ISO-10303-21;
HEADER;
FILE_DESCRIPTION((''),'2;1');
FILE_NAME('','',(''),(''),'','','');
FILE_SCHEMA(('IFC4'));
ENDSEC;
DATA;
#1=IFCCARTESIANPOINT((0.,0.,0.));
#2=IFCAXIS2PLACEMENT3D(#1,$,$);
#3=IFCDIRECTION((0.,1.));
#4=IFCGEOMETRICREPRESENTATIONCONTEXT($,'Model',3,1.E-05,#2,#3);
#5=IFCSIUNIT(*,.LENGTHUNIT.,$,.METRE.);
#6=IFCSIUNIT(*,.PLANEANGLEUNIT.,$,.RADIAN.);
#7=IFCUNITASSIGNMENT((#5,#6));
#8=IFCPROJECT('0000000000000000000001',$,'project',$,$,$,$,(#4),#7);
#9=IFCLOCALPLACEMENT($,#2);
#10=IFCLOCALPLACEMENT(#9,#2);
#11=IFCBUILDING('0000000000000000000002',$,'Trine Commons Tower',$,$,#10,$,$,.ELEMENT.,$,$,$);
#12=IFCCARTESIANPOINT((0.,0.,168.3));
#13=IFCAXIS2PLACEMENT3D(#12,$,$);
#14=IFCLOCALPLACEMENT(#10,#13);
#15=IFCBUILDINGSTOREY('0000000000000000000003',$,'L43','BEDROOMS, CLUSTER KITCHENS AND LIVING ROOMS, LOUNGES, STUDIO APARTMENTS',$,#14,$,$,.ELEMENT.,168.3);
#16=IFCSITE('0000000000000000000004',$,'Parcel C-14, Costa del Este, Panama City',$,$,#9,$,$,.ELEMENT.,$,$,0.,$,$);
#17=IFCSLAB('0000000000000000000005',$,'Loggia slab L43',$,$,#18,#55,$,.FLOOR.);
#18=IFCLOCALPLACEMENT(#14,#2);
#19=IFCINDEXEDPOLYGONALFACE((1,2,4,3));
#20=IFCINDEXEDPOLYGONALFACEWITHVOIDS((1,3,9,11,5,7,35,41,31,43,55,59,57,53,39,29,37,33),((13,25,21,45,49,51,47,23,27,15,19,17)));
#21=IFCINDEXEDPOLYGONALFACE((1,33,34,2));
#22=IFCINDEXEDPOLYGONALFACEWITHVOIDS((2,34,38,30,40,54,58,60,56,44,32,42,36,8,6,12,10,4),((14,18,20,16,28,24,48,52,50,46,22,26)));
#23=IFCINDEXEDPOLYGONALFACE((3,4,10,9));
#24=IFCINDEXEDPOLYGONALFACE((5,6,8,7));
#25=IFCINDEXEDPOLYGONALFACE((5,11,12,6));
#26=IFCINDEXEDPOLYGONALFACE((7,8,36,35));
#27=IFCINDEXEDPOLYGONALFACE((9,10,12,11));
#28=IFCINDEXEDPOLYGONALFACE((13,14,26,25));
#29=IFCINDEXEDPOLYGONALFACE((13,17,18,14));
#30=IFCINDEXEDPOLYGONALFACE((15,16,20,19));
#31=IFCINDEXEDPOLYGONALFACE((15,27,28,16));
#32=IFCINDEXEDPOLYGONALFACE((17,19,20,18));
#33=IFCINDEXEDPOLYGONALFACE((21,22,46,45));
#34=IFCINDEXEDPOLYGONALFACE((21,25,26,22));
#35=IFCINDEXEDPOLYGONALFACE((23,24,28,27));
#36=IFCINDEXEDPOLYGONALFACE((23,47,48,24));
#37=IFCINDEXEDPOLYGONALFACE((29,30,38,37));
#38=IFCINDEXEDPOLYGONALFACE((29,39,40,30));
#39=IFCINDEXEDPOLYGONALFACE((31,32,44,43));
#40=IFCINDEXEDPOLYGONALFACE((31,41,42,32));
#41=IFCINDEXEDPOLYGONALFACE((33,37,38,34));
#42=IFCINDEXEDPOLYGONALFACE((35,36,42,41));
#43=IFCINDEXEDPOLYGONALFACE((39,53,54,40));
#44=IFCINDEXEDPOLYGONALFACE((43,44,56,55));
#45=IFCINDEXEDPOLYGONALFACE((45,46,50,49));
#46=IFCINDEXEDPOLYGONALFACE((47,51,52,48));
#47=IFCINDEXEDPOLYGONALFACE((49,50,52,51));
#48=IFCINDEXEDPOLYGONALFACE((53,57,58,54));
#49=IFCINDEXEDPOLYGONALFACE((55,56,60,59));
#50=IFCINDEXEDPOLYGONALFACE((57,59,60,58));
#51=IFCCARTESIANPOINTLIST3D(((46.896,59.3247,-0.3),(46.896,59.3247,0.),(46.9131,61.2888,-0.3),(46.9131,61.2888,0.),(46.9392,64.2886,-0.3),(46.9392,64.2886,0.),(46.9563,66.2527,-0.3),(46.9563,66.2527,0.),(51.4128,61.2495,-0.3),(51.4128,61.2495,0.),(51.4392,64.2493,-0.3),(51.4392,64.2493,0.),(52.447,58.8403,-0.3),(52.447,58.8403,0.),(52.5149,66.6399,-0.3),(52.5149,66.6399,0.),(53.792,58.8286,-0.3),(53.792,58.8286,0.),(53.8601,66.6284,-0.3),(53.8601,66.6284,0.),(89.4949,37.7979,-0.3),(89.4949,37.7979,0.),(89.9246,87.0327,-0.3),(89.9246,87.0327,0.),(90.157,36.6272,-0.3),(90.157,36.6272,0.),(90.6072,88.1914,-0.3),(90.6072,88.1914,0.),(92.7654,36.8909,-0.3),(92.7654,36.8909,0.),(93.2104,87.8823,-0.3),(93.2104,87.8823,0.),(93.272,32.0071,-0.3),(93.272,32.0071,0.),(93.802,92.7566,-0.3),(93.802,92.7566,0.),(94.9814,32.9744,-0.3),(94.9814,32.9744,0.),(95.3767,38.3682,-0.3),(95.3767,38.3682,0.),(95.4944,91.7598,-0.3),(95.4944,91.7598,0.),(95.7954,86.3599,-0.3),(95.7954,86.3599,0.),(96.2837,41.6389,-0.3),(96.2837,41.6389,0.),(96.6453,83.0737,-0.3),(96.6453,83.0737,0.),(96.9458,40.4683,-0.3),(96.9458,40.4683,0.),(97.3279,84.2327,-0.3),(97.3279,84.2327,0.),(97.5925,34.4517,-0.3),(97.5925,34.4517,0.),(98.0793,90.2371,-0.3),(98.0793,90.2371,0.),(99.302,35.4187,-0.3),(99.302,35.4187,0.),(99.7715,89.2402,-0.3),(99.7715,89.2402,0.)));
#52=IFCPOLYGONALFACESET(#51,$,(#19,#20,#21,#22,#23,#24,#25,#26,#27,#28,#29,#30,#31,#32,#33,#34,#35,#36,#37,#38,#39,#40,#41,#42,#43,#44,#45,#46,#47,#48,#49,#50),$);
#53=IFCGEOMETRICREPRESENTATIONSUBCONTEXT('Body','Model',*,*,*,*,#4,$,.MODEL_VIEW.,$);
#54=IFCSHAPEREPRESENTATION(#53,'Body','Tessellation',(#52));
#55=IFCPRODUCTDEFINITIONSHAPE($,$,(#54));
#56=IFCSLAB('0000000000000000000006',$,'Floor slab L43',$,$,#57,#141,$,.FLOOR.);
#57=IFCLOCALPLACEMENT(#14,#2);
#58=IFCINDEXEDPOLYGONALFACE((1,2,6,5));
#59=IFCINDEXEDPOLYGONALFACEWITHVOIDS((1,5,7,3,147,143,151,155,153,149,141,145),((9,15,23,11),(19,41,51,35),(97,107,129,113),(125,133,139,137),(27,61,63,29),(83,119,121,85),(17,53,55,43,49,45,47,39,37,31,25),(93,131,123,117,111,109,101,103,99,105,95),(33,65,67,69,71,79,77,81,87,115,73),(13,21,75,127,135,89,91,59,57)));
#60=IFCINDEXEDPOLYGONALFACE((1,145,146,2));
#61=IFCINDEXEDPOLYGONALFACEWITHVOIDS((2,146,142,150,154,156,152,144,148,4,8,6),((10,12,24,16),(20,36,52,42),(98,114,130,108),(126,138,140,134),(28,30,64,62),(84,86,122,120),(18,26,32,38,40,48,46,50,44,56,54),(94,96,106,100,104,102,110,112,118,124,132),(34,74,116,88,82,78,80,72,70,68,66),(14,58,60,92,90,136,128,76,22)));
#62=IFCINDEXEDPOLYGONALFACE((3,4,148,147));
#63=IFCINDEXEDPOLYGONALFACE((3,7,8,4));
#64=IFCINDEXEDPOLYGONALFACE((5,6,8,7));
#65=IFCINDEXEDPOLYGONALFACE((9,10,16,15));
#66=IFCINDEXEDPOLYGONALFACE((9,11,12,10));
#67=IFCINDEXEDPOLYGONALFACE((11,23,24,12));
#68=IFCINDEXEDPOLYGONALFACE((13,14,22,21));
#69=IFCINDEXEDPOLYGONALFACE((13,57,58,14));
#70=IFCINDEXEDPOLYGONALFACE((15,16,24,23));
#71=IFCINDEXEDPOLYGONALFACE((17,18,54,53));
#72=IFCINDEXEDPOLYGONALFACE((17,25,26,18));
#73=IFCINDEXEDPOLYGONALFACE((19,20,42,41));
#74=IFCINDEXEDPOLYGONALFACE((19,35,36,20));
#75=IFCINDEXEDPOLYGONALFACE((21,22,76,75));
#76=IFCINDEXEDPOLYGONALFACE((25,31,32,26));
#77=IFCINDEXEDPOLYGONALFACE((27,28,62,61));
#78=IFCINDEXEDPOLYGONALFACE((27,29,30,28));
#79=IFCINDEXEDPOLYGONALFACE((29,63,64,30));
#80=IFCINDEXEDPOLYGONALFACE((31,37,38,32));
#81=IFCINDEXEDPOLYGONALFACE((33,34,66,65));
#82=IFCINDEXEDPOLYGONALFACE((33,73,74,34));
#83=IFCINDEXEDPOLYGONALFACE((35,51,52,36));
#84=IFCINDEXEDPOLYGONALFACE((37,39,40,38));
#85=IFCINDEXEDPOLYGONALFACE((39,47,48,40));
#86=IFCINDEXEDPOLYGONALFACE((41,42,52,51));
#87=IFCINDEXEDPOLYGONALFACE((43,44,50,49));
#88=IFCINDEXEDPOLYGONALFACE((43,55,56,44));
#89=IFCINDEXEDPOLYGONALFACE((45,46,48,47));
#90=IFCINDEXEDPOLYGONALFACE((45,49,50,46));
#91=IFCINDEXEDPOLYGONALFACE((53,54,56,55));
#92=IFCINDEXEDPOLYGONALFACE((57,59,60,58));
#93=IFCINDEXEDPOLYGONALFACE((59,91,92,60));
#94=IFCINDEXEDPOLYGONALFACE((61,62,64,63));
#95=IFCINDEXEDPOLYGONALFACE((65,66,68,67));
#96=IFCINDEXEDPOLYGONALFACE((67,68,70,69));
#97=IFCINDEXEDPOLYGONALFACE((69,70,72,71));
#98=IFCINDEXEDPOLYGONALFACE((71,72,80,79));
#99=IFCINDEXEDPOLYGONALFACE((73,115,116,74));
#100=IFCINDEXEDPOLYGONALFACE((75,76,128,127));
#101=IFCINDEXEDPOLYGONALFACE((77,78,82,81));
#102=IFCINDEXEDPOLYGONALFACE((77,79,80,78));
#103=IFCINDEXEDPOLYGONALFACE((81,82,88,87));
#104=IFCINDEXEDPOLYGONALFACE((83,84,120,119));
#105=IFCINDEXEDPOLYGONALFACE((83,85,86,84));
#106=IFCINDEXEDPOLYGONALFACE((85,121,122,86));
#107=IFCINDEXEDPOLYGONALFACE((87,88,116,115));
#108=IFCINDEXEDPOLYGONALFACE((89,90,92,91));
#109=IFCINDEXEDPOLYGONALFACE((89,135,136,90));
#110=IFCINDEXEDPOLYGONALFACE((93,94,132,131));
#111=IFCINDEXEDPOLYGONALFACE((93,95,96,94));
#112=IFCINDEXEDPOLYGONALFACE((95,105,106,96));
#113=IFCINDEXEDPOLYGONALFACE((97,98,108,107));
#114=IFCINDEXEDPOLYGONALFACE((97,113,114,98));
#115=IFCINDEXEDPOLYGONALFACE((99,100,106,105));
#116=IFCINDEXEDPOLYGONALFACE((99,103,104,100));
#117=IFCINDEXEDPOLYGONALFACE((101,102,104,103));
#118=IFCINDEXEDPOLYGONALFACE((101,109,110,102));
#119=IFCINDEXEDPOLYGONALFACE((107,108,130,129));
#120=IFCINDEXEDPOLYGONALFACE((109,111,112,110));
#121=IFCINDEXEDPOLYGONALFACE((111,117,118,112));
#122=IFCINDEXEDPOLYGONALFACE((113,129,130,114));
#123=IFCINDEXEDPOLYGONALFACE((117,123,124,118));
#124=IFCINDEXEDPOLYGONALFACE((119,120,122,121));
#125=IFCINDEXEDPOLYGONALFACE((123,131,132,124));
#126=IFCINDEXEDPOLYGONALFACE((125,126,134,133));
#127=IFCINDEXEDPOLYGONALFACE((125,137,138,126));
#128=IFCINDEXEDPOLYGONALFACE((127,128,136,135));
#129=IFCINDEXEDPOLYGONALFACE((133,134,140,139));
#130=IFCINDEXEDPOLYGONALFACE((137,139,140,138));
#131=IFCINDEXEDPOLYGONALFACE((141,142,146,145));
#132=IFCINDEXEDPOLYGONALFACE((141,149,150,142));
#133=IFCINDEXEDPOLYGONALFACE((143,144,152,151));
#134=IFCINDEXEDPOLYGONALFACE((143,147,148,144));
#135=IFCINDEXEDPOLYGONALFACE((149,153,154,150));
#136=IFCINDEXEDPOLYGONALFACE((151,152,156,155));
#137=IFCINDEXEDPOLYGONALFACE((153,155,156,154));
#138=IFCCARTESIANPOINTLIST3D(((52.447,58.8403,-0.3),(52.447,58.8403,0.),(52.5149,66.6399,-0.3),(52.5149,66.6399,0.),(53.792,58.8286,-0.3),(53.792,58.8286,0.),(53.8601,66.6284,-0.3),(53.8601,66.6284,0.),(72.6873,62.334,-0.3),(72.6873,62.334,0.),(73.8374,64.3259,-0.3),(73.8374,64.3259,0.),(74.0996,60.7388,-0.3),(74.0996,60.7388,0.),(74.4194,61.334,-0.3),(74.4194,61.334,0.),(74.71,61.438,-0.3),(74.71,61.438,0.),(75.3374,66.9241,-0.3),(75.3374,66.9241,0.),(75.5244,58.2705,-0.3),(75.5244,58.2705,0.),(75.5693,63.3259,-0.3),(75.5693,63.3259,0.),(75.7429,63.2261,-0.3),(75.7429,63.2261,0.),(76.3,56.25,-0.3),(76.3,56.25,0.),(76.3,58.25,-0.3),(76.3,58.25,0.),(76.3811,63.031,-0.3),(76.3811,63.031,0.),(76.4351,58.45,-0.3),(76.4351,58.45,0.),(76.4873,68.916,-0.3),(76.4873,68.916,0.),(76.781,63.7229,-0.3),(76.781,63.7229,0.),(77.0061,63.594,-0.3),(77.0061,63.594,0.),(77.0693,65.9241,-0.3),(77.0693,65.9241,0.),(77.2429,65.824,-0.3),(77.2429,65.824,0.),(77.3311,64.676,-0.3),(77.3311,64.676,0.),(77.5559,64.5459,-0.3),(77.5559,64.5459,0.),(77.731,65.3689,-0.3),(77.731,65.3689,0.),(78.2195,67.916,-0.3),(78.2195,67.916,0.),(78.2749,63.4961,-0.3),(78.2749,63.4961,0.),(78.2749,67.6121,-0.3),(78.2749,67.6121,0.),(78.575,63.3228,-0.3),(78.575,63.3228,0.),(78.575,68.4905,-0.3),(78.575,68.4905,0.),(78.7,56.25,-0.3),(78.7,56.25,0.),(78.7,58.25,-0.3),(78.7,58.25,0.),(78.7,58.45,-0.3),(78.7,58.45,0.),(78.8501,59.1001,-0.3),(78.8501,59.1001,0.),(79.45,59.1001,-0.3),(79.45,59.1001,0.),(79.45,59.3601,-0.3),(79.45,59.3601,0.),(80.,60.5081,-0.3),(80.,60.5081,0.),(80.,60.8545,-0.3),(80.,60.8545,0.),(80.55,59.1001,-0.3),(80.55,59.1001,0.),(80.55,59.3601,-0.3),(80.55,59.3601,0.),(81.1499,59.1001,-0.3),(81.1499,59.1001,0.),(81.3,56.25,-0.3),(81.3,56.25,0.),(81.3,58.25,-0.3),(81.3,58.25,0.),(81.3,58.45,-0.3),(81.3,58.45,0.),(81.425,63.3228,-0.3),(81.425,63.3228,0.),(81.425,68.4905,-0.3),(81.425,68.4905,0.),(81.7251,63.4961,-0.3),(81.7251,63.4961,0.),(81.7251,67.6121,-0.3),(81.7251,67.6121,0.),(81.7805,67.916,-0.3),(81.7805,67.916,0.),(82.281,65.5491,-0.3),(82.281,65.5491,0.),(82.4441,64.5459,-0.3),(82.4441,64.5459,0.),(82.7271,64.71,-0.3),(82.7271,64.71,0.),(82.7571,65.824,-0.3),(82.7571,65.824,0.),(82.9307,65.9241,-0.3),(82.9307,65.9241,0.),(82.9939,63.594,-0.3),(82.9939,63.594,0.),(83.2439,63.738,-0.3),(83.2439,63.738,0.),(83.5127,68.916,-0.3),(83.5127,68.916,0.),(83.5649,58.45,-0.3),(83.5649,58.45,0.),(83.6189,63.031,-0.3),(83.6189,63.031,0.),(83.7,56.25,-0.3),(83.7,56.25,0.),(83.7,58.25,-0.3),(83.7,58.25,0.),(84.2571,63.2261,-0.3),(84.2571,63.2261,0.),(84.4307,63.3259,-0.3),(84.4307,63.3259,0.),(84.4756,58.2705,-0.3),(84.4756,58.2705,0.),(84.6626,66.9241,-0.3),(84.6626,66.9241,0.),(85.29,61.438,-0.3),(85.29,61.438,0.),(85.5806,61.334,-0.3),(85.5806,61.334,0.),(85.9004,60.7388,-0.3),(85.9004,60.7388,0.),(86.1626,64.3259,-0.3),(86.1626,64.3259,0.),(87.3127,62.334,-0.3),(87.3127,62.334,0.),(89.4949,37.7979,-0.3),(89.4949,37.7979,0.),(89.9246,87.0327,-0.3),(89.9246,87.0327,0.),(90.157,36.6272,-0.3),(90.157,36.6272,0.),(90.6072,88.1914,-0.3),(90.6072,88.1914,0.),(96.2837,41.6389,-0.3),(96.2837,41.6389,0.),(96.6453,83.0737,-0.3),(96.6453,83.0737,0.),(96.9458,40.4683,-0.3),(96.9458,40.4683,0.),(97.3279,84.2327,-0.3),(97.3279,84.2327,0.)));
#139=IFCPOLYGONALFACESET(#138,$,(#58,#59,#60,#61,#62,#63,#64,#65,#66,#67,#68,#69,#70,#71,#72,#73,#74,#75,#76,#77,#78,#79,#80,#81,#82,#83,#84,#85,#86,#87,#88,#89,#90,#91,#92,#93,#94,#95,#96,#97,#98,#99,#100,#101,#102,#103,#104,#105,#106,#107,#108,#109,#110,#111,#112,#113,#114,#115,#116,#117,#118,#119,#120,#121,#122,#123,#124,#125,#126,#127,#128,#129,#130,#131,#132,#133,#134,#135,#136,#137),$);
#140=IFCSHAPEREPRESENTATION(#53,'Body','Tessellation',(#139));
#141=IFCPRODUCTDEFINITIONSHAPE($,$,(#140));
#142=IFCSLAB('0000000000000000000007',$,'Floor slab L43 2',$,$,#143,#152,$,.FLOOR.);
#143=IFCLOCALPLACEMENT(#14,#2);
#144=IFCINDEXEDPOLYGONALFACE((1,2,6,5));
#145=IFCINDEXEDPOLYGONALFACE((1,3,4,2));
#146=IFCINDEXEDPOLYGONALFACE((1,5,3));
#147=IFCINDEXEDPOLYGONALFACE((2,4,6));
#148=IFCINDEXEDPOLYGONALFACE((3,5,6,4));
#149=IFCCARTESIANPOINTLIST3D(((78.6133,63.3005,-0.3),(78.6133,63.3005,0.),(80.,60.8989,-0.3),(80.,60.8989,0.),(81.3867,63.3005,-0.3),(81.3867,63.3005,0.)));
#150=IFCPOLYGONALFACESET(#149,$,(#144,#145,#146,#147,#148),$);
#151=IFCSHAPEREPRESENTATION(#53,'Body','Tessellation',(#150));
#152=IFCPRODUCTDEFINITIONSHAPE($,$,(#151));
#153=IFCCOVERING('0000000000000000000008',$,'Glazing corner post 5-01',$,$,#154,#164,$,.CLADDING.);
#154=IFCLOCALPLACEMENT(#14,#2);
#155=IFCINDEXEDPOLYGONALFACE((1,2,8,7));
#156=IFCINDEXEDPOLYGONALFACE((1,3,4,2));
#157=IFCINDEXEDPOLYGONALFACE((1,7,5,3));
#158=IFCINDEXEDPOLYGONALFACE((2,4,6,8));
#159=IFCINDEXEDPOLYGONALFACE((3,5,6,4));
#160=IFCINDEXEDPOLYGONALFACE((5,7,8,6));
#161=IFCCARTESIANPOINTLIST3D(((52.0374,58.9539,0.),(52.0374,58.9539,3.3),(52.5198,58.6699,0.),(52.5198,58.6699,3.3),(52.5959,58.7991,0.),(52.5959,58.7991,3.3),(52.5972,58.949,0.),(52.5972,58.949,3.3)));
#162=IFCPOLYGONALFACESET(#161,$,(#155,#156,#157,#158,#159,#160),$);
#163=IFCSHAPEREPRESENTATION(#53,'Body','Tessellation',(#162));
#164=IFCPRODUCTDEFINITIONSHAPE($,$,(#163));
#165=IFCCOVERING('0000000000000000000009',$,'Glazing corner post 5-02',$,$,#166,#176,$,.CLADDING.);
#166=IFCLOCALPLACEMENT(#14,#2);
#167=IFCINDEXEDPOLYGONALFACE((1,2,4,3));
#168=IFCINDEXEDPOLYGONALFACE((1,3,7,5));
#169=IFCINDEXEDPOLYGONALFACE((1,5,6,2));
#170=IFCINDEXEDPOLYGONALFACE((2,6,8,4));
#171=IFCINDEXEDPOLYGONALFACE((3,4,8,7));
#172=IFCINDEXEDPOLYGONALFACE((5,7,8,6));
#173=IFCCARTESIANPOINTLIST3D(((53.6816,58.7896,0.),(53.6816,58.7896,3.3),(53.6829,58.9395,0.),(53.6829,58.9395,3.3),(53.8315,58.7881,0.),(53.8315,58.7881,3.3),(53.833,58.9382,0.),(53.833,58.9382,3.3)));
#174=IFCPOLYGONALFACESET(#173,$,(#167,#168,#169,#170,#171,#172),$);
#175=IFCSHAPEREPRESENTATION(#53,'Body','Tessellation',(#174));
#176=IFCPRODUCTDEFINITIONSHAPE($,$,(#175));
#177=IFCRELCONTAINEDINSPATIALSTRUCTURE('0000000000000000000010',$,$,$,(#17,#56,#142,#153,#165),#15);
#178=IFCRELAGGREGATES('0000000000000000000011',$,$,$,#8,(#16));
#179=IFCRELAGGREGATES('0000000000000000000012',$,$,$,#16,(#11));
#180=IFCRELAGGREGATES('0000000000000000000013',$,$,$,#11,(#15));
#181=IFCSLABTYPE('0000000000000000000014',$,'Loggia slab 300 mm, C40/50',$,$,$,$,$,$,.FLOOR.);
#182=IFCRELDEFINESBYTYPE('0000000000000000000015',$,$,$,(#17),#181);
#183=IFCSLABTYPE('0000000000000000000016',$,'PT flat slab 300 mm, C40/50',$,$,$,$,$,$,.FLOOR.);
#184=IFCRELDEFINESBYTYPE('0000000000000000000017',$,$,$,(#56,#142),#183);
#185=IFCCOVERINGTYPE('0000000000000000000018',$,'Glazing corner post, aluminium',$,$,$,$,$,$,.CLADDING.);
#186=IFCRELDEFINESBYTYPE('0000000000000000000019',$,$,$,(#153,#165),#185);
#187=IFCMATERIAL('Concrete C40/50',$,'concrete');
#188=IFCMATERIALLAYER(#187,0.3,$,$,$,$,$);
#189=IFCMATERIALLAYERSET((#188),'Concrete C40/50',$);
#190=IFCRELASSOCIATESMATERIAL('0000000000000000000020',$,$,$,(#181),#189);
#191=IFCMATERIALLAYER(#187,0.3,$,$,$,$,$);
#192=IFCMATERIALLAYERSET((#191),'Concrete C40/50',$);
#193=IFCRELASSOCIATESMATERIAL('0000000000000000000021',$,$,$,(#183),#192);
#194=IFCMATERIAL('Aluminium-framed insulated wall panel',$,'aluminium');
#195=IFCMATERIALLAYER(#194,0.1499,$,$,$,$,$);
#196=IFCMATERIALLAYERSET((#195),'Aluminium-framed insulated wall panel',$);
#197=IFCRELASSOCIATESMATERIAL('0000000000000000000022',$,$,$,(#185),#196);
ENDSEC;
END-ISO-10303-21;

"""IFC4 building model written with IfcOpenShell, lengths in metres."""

from ifc_helpers import new_model, si_unit, direction, frame, origin, place, context, subcontext, project, spatial, polyline, outline, extrude, material, layer, layer_set, type_object, element, save


model = new_model("IFC4")

# Units and contexts
model_context = context("Model", 3, precision=1e-05, world=origin(), true_north=direction((0.0, 1.0)))
body_context = subcontext(model_context, "Body", "Model", "MODEL_VIEW")
ifc_project = project(units=[si_unit("LENGTHUNIT", "METRE"), si_unit("PLANEANGLEUNIT", "RADIAN")], contexts=[model_context])

# Site, building, storey
site_placement = place(None, origin())
site = spatial("IfcSite", under=ifc_project, at=site_placement, Name="Parcel C-14, Costa del Este, Panama City", CompositionType="ELEMENT", RefElevation=0.0)
building_placement = place(site_placement, origin())
building = spatial("IfcBuilding", under=site, at=building_placement, Name="Trine Commons Tower", CompositionType="ELEMENT")
storey_placement = place(building_placement, frame((0.0, 0.0, 168.3)))
storey = spatial("IfcBuildingStorey", under=building, at=storey_placement, Name="L43", Description="BEDROOMS, CLUSTER KITCHENS AND LIVING ROOMS, LOUNGES, STUDIO APARTMENTS", CompositionType="ELEMENT", Elevation=168.3)

# Slabs
ifc_material_1 = material(Name="Concrete C40/50", Category="concrete")
ifc_layer_1 = layer(ifc_material_1, 0.3)
ifc_layer_set_1 = layer_set([ifc_layer_1], Name="Concrete C40/50")
slab_type_1 = type_object("IfcSlabType", Name="Loggia slab 300 mm, C40/50", PredefinedType="FLOOR", material=ifc_layer_set_1)
slab_1_placement = place(storey_placement, frame((0.0, 0.0, -0.3)))
element("IfcSlab", 1, at=slab_1_placement, inside=storey, type_object=slab_type_1, Name="Loggia slab L43", PredefinedType="FLOOR", context=body_context, shape_type="SweptSolid", body=[
    extrude(outline(polyline([(99.302, 35.4187), (99.7715, 89.2402), (98.0793, 90.2371), (95.7954, 86.3599), (93.2104, 87.8823), (95.4944, 91.7598), (93.802, 92.7566), (46.9563, 66.2527), (46.9392, 64.2886), (51.4392, 64.2493), (51.4128, 61.2495), (46.9131, 61.2888), (46.896, 59.3247), (93.272, 32.0071), (94.9814, 32.9744), (92.7654, 36.8909), (95.3767, 38.3682), (97.5925, 34.4517), (99.302, 35.4187)]), holes=[polyline([(90.157, 36.6272), (89.4949, 37.7979), (96.2837, 41.6389), (96.9458, 40.4683), (97.3279, 84.2327), (96.6453, 83.0737), (89.9246, 87.0327), (90.6072, 88.1914), (52.5149, 66.6399), (53.8601, 66.6284), (53.792, 58.8286), (52.447, 58.8403), (90.157, 36.6272)])]), origin(), (0.0, 0.0, 1.0), 0.3),
])
ifc_layer_2 = layer(ifc_material_1, 0.3)
ifc_layer_set_2 = layer_set([ifc_layer_2], Name="Concrete C40/50")
slab_type_2 = type_object("IfcSlabType", Name="PT flat slab 300 mm, C40/50", PredefinedType="FLOOR", material=ifc_layer_set_2)
slab_2_placement = place(storey_placement, frame((0.0, 0.0, -0.3)))
element("IfcSlab", 2, at=slab_2_placement, inside=storey, type_object=slab_type_2, Name="Floor slab L43", PredefinedType="FLOOR", context=body_context, shape_type="SweptSolid", body=[
    extrude(outline(polyline([(52.447, 58.8403), (90.157, 36.6272), (89.4949, 37.7979), (96.2837, 41.6389), (96.9458, 40.4683), (97.3279, 84.2327), (96.6453, 83.0737), (89.9246, 87.0327), (90.6072, 88.1914), (52.5149, 66.6399), (53.8601, 66.6284), (53.792, 58.8286), (52.447, 58.8403)]), holes=[polyline([(78.7, 56.25), (78.7, 58.25), (76.3, 58.25), (76.3, 56.25), (78.7, 56.25)]), polyline([(80.0, 60.8545), (84.4756, 58.2705), (85.9004, 60.7388), (81.425, 63.3228), (81.425, 68.4905), (78.575, 68.4905), (78.575, 63.3228), (74.0996, 60.7388), (75.5244, 58.2705), (80.0, 60.8545)]), polyline([(73.8374, 64.3259), (72.6873, 62.334), (74.4194, 61.334), (75.5693, 63.3259), (73.8374, 64.3259)]), polyline([(76.3811, 63.031), (75.7429, 63.2261), (74.71, 61.438), (78.2749, 63.4961), (78.2749, 67.6121), (77.2429, 65.824), (77.731, 65.3689), (77.3311, 64.676), (77.5559, 64.5459), (77.0061, 63.594), (76.781, 63.7229), (76.3811, 63.031)]), polyline([(76.4873, 68.916), (75.3374, 66.9241), (77.0693, 65.9241), (78.2195, 67.916), (76.4873, 68.916)]), polyline([(83.7, 56.25), (83.7, 58.25), (81.3, 58.25), (81.3, 56.25), (83.7, 56.25)]), polyline([(81.1499, 59.1001), (81.3, 58.45), (83.5649, 58.45), (80.0, 60.5081), (76.4351, 58.45), (78.7, 58.45), (78.8501, 59.1001), (79.45, 59.1001), (79.45, 59.3601), (80.55, 59.3601), (80.55, 59.1001), (81.1499, 59.1001)]), polyline([(86.1626, 64.3259), (84.4307, 63.3259), (85.5806, 61.334), (87.3127, 62.334), (86.1626, 64.3259)]), polyline([(83.2439, 63.738), (82.9939, 63.594), (82.4441, 64.5459), (82.7271, 64.71), (82.281, 65.5491), (82.7571, 65.824), (81.7251, 67.6121), (81.7251, 63.4961), (85.29, 61.438), (84.2571, 63.2261), (83.6189, 63.031), (83.2439, 63.738)]), polyline([(84.6626, 66.9241), (83.5127, 68.916), (81.7805, 67.916), (82.9307, 65.9241), (84.6626, 66.9241)])]), origin(), (0.0, 0.0, 1.0), 0.3),
])
slab_3_placement = place(storey_placement, frame((0.0, 0.0, -0.3)))
element("IfcSlab", 3, at=slab_3_placement, inside=storey, type_object=slab_type_2, Name="Floor slab L43 2", PredefinedType="FLOOR", context=body_context, shape_type="SweptSolid", body=[
    extrude(outline(polyline([(78.6133, 63.3005), (80.0, 60.8989), (81.3867, 63.3005), (78.6133, 63.3005)])), origin(), (0.0, 0.0, 1.0), 0.3),
])

# Coverings
ifc_material_2 = material(Name="Aluminium-framed insulated wall panel", Category="aluminium")
ifc_layer_3 = layer(ifc_material_2, 0.1499)
ifc_layer_set_3 = layer_set([ifc_layer_3], Name="Aluminium-framed insulated wall panel")
covering_type_1 = type_object("IfcCoveringType", Name="Glazing corner post, aluminium", PredefinedType="CLADDING", material=ifc_layer_set_3)
covering_1_placement = place(storey_placement, origin())
element("IfcCovering", 4, at=covering_1_placement, inside=storey, type_object=covering_type_1, Name="Glazing corner post 5-01", PredefinedType="CLADDING", context=body_context, shape_type="SweptSolid", body=[
    extrude(outline(polyline([(52.5198, 58.6699), (52.5959, 58.7991), (52.5972, 58.949), (52.0374, 58.9539), (52.5198, 58.6699)])), origin(), (0.0, 0.0, 1.0), 3.3),
])
covering_2_placement = place(storey_placement, origin())
element("IfcCovering", 5, at=covering_2_placement, inside=storey, type_object=covering_type_1, Name="Glazing corner post 5-02", PredefinedType="CLADDING", context=body_context, shape_type="SweptSolid", body=[
    extrude(outline(polyline([(53.6816, 58.7896), (53.8315, 58.7881), (53.833, 58.9382), (53.6829, 58.9395), (53.6816, 58.7896)])), origin(), (0.0, 0.0, 1.0), 3.3),
])

save(model, "model.ifc")
